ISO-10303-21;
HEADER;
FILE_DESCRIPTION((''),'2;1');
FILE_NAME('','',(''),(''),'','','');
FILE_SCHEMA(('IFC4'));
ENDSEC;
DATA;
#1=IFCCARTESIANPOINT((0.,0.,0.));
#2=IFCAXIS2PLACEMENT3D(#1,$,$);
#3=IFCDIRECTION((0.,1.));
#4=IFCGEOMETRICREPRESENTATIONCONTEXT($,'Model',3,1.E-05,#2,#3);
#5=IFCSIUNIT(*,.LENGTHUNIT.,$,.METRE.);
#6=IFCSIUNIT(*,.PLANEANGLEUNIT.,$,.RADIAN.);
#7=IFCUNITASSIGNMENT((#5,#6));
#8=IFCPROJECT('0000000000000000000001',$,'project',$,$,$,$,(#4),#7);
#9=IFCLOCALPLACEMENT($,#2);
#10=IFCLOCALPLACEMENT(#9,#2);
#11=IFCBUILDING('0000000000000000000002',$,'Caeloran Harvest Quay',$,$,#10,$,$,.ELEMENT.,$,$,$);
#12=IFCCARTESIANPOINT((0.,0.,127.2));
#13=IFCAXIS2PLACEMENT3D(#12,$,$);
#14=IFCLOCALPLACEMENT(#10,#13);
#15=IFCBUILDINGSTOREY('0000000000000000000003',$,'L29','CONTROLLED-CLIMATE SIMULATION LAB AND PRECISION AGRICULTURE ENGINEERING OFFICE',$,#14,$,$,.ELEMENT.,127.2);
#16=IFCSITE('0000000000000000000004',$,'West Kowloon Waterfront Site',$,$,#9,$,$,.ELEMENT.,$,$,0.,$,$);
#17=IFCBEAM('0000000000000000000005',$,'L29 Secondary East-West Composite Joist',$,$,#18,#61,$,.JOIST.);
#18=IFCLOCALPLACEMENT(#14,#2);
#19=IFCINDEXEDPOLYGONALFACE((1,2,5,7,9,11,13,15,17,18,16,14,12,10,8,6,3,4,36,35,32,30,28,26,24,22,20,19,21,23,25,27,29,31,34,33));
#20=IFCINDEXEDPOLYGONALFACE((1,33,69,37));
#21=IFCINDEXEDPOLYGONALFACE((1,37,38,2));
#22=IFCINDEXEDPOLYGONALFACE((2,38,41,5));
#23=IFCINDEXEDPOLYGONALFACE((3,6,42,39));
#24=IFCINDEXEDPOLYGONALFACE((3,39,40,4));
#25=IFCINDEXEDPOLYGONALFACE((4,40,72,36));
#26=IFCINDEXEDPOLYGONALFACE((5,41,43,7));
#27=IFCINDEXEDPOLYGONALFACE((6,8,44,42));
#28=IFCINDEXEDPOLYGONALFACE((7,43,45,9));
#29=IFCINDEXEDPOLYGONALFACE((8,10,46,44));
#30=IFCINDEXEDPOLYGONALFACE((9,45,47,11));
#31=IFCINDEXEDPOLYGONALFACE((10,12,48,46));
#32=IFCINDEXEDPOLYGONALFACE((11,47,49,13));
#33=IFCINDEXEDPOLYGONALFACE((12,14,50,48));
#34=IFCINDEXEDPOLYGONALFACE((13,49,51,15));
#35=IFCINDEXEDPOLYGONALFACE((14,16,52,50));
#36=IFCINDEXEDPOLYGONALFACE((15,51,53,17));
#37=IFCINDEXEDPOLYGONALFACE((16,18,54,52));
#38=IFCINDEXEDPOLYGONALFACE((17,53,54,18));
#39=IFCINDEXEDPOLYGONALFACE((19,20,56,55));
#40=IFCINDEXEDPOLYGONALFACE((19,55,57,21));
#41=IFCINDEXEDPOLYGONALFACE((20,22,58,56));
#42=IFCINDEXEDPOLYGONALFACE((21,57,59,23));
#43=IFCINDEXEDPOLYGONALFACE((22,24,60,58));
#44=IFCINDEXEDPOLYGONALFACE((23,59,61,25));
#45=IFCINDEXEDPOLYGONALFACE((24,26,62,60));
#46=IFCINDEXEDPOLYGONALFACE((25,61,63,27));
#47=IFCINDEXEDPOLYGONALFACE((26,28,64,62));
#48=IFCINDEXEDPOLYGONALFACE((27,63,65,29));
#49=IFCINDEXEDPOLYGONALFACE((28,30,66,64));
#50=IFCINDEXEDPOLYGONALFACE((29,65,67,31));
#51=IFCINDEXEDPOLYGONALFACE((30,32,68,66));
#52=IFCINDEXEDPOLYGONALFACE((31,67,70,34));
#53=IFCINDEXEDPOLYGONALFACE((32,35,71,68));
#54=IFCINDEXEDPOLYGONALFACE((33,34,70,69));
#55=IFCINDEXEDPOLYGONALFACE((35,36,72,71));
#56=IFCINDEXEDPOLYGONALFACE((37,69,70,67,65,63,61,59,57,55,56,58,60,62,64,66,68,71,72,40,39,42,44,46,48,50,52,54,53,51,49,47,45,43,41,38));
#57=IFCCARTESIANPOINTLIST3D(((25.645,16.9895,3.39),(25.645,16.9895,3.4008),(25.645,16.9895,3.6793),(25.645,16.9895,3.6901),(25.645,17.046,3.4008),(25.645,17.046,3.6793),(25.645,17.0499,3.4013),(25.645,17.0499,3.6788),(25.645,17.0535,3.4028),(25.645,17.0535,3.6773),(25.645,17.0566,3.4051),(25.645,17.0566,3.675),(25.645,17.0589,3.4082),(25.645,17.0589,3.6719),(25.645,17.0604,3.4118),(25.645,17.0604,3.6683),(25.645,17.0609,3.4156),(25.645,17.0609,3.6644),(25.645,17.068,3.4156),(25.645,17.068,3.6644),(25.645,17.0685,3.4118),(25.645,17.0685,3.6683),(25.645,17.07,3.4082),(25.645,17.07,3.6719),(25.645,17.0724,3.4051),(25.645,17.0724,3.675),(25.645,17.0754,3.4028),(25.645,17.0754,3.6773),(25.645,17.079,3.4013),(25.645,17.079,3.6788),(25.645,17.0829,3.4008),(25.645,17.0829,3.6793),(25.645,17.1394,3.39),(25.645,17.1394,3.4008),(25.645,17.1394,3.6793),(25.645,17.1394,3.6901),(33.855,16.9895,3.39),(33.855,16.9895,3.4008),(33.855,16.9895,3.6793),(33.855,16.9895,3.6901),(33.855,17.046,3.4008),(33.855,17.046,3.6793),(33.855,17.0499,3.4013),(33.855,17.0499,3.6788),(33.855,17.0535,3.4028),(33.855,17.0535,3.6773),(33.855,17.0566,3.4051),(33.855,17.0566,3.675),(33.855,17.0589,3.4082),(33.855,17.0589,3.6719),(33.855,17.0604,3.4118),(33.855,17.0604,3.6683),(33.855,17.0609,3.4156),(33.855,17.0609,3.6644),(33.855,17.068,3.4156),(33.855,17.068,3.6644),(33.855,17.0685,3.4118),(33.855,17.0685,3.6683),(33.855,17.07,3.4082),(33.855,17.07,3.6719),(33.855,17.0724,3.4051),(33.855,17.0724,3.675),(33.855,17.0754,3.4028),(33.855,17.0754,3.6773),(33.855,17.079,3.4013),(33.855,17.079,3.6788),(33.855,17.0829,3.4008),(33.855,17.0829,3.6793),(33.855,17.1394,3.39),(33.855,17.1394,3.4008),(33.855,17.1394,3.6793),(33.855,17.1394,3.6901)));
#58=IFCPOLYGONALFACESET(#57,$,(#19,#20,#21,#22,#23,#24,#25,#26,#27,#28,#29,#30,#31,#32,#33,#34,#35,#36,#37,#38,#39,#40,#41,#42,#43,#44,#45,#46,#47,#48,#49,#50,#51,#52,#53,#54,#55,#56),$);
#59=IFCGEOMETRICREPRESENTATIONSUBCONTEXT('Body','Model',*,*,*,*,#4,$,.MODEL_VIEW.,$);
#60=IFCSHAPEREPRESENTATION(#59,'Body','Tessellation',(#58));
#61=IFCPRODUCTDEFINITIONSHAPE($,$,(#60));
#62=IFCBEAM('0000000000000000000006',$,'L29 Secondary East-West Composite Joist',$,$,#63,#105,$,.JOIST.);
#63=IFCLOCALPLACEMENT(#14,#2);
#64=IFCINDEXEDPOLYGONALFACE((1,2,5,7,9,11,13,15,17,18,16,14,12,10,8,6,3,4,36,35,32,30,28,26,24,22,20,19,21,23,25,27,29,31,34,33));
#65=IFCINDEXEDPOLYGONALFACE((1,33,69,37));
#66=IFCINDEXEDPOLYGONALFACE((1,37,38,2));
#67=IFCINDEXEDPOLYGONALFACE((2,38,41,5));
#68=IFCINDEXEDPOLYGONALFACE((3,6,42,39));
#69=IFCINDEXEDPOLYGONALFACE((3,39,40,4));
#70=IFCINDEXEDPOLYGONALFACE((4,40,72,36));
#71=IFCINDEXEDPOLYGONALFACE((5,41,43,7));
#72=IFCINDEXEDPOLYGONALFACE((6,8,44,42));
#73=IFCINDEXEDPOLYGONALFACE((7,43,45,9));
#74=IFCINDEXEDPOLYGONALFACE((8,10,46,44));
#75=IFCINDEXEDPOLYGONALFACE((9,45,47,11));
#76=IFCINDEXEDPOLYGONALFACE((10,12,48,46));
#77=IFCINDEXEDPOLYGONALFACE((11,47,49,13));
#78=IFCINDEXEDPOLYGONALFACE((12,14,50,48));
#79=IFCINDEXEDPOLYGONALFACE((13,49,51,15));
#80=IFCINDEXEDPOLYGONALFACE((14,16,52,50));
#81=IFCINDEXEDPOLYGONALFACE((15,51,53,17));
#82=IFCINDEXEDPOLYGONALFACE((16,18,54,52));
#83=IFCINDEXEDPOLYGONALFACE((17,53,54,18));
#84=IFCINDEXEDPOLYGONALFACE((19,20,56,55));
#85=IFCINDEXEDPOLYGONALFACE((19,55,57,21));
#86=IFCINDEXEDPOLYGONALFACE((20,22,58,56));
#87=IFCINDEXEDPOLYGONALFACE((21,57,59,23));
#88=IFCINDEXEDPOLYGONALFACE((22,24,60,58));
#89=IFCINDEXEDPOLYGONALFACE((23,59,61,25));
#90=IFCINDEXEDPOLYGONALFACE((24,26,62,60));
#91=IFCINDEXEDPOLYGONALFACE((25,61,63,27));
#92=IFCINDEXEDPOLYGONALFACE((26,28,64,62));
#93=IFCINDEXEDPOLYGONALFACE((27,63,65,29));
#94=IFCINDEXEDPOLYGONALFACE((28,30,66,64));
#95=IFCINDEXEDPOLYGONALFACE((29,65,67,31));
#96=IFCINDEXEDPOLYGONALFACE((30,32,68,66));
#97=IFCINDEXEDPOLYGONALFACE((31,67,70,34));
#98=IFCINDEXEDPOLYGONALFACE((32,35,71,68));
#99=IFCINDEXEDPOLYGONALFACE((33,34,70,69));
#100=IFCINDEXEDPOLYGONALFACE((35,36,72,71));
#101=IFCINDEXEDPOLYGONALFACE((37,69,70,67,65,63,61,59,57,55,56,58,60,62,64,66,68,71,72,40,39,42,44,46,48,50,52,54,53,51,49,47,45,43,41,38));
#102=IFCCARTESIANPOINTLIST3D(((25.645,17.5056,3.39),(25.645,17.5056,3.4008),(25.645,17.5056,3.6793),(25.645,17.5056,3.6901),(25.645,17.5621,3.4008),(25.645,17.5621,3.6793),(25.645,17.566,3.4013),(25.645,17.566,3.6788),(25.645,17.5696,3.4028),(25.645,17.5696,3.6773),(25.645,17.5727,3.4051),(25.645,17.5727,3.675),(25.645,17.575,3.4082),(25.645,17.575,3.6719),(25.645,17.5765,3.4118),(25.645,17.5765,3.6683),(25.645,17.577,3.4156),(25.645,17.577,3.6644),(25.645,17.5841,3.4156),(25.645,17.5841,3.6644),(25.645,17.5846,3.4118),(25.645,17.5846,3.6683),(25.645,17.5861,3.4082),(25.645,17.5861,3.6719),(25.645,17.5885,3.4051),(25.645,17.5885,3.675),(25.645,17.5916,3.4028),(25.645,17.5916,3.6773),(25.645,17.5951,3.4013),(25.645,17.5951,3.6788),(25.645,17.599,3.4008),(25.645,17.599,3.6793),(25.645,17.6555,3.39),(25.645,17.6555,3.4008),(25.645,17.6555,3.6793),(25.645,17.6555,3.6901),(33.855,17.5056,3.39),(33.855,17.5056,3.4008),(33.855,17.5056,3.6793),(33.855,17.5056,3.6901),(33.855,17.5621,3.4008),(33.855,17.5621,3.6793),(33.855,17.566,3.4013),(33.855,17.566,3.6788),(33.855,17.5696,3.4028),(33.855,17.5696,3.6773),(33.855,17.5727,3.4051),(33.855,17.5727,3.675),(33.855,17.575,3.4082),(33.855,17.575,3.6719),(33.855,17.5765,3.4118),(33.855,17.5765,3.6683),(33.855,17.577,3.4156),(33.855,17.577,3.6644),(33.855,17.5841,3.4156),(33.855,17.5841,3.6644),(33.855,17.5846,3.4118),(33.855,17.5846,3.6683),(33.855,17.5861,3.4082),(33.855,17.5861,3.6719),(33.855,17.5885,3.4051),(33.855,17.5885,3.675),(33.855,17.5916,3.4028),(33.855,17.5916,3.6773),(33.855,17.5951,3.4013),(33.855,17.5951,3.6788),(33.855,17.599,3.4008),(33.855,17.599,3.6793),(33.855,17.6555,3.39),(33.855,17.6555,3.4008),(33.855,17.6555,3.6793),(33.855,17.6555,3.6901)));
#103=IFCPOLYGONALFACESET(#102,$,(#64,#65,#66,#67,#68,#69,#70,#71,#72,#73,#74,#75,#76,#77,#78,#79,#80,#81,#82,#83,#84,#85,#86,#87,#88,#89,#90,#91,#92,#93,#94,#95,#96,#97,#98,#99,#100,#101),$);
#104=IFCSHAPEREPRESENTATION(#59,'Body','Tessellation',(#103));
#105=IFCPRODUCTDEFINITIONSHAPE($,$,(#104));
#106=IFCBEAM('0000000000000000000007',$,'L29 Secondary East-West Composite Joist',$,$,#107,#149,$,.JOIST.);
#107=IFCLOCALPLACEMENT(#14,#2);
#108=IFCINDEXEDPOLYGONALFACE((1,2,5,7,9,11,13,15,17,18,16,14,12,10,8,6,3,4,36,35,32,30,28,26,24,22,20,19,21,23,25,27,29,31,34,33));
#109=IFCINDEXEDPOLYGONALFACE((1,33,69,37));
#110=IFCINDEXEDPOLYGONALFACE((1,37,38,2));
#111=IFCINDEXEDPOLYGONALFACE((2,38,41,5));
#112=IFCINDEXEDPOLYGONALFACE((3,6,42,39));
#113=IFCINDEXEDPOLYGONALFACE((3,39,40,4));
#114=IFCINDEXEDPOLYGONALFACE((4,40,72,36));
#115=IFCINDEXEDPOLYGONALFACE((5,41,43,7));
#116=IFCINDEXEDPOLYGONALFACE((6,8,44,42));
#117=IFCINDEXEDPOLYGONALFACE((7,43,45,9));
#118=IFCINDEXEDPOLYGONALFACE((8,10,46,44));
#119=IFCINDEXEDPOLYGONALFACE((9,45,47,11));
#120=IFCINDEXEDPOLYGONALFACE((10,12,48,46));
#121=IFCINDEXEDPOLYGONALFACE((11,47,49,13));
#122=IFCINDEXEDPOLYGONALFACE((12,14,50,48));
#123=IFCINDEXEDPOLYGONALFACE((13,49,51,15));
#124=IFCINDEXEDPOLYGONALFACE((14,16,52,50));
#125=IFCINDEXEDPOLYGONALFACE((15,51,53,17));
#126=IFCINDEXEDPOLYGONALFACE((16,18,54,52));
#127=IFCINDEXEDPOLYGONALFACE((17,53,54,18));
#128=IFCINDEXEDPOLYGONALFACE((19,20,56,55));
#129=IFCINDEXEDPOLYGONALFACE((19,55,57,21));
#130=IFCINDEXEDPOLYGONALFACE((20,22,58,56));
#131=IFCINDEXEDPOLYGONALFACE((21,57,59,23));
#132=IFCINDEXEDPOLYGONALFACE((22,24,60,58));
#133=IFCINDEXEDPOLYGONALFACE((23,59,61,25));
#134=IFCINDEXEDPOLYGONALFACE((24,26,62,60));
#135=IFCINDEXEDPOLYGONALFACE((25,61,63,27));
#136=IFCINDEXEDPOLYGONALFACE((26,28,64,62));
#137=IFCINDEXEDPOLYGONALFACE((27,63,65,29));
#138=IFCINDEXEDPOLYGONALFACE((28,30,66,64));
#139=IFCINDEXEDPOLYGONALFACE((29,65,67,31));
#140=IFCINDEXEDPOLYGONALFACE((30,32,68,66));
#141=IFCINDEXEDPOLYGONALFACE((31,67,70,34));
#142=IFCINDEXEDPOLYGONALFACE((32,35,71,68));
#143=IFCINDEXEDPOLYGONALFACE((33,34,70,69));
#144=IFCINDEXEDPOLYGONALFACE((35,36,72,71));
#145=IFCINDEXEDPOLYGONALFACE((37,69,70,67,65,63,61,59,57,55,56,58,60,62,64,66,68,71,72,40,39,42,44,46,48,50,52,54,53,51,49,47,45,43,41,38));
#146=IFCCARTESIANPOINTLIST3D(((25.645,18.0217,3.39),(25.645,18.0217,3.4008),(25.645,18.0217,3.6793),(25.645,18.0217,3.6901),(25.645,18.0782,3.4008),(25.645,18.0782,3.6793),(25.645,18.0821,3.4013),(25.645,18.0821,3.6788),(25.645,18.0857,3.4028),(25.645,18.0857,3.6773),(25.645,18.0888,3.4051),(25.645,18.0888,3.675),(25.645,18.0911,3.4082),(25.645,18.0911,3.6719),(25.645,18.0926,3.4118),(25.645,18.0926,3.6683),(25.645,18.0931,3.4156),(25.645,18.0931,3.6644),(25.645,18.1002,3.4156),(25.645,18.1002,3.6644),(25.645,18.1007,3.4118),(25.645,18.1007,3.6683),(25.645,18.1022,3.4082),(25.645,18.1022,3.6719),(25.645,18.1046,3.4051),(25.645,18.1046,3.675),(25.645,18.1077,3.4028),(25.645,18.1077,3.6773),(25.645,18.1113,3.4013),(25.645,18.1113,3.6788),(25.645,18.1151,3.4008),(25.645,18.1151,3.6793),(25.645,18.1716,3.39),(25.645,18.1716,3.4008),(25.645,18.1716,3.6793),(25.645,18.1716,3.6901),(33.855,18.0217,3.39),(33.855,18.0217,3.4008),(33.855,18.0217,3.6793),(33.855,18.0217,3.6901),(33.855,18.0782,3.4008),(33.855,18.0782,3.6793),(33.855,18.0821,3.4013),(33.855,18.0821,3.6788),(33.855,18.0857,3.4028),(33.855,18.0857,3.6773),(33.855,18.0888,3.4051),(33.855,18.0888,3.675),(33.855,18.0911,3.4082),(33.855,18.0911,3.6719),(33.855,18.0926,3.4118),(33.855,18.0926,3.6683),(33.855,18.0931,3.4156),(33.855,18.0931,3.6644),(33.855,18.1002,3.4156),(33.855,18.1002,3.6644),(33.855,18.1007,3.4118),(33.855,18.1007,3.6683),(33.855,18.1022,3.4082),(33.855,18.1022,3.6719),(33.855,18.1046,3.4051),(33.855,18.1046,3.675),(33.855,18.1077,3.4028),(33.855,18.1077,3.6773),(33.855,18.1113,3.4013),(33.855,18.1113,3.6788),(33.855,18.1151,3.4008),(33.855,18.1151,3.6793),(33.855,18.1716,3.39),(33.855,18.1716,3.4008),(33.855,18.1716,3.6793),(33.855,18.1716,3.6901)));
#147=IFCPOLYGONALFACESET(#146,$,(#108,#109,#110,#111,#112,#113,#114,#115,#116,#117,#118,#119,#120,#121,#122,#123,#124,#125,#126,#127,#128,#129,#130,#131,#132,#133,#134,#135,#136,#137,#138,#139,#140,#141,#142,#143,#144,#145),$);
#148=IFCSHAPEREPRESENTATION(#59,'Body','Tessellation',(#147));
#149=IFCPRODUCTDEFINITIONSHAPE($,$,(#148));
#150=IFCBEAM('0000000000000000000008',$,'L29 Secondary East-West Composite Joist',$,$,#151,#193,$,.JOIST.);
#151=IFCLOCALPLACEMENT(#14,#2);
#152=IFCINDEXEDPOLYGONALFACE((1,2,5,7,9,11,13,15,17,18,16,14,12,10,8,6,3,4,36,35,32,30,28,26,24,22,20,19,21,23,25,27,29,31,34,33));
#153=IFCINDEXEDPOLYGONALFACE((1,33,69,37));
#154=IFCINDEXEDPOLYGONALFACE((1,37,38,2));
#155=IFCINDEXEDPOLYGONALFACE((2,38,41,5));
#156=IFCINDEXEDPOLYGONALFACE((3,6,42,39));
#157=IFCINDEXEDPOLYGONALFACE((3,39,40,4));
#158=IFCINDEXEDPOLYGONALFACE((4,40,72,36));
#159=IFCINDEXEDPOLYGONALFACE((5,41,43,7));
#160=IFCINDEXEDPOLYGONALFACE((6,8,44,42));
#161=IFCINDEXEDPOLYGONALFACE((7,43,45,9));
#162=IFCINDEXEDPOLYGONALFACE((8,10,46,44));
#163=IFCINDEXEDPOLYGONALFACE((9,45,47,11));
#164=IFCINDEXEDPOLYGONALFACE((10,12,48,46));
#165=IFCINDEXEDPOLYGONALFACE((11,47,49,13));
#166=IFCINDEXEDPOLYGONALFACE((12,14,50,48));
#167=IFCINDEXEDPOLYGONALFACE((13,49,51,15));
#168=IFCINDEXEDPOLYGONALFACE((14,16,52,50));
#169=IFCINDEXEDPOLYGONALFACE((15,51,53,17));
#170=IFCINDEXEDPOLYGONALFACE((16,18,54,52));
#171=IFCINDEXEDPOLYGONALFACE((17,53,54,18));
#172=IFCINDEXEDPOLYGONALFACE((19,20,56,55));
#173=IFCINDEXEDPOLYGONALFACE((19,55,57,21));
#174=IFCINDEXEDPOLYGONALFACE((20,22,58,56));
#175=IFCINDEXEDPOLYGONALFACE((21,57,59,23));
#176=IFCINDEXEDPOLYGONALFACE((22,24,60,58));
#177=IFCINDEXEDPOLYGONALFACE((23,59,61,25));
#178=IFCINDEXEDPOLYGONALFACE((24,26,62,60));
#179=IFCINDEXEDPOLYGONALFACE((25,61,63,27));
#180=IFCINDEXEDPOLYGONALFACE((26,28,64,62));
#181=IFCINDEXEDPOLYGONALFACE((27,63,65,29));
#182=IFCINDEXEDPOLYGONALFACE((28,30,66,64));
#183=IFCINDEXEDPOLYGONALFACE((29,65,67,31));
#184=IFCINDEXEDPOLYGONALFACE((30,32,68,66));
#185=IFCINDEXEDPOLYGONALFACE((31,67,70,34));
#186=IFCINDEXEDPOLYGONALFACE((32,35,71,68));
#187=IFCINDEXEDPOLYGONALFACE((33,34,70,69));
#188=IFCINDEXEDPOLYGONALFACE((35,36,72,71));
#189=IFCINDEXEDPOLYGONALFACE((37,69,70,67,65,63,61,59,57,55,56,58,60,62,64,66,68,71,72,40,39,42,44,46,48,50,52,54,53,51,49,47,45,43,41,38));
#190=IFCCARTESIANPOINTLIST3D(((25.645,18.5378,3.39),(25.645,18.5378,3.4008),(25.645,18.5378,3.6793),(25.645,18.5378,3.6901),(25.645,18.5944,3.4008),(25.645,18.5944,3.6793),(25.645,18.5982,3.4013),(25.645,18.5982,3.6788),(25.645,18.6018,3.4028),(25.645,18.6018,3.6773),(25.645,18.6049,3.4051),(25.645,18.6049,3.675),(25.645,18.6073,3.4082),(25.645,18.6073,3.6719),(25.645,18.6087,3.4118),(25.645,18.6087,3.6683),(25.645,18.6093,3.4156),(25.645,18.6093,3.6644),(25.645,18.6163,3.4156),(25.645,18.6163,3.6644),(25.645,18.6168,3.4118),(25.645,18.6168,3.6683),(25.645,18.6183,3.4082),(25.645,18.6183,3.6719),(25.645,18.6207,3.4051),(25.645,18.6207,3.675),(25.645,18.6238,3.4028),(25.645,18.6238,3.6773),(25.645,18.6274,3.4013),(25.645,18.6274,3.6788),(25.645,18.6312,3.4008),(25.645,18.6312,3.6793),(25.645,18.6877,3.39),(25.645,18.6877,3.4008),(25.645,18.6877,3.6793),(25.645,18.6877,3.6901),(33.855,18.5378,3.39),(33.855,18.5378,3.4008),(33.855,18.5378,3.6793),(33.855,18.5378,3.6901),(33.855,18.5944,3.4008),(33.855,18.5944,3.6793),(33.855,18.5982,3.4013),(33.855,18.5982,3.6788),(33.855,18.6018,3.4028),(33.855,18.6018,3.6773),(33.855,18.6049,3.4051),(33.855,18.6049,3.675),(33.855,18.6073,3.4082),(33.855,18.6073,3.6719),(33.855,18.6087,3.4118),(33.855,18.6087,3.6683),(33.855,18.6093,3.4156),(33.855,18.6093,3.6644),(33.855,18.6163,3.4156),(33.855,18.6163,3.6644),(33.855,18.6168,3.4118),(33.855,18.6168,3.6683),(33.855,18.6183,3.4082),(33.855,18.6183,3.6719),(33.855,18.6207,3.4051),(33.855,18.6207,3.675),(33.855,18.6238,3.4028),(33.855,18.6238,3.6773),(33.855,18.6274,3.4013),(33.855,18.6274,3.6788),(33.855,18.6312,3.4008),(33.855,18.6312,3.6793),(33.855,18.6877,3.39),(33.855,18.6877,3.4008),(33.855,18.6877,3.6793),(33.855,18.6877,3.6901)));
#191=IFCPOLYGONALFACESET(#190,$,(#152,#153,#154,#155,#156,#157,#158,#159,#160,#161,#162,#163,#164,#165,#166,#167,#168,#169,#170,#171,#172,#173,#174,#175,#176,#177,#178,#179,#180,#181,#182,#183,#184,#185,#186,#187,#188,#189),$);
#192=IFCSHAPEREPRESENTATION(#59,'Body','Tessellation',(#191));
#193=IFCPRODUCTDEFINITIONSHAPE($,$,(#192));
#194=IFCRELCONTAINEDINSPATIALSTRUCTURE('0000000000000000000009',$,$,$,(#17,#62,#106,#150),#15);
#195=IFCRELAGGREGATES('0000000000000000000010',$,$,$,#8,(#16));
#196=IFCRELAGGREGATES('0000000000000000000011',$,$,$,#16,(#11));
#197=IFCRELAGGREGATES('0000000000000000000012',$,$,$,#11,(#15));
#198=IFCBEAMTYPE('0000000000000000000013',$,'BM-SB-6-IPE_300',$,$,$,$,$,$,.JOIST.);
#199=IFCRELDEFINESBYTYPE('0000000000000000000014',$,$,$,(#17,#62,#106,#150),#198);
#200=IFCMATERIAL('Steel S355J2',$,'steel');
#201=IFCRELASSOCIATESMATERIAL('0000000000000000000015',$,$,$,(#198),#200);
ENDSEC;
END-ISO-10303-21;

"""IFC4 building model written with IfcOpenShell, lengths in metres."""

from ifc_helpers import new_model, si_unit, direction, frame, origin, origin_2d, place, context, subcontext, project, spatial, i_section, extrude, material, material_profile, profile_set, type_object, element, save


model = new_model("IFC4")

# Units and contexts
model_context = context("Model", 3, precision=1e-05, world=origin(), true_north=direction((0.0, 1.0)))
body_context = subcontext(model_context, "Body", "Model", "MODEL_VIEW")
ifc_project = project(units=[si_unit("LENGTHUNIT", "METRE"), si_unit("PLANEANGLEUNIT", "RADIAN")], contexts=[model_context])

# Site, building, storey
site_placement = place(None, origin())
site = spatial("IfcSite", under=ifc_project, at=site_placement, Name="West Kowloon Waterfront Site", CompositionType="ELEMENT", RefElevation=0.0)
building_placement = place(site_placement, origin())
building = spatial("IfcBuilding", under=site, at=building_placement, Name="Caeloran Harvest Quay", CompositionType="ELEMENT")
storey_placement = place(building_placement, frame((0.0, 0.0, 127.2)))
storey = spatial("IfcBuildingStorey", under=building, at=storey_placement, Name="L29", Description="CONTROLLED-CLIMATE SIMULATION LAB AND PRECISION AGRICULTURE ENGINEERING OFFICE", CompositionType="ELEMENT", Elevation=127.2)

# Beams
ifc_material_1 = material(Name="Steel S355J2", Category="steel")
ifc_material_profile_1 = material_profile(ifc_material_1, i_section(OverallWidth=0.1499, OverallDepth=0.3, WebThickness=0.0071, FlangeThickness=0.0107, FilletRadius=0.0149, at=origin_2d()), Name="IPE 300")
ifc_profile_set_1 = profile_set([ifc_material_profile_1], Name="Steel S355J2")
beam_type_1 = type_object("IfcBeamType", Name="BM-SB-6-IPE_300", PredefinedType="JOIST", material=ifc_profile_set_1)
for number, where, z_axis, x_axis, name in (
    (1, (25.645, 17.0645, 3.54), (1.0, 0.0, 0.0), (0.0, 1.0, 0.0), "L29 Secondary East-West Composite Joist"),
    (2, (25.645, 17.5806, 3.54), (1.0, 0.0, 0.0), (0.0, 1.0, 0.0), "L29 Secondary East-West Composite Joist"),
    (3, (25.645, 18.0967, 3.54), (1.0, 0.0, 0.0), (0.0, 1.0, 0.0), "L29 Secondary East-West Composite Joist"),
    (4, (25.645, 18.6128, 3.54), (1.0, 0.0, 0.0), (0.0, 1.0, 0.0), "L29 Secondary East-West Composite Joist"),
):
    element("IfcBeam", number, at=place(storey_placement, frame(where, z_axis=z_axis, x_axis=x_axis)), inside=storey, type_object=beam_type_1, Name=name, PredefinedType="JOIST", context=body_context, shape_type="SweptSolid", body=[
        extrude(i_section(OverallWidth=0.1499, OverallDepth=0.3, WebThickness=0.0071, FlangeThickness=0.0107, FilletRadius=0.0149, at=origin_2d()), origin(), (0.0, 0.0, 1.0), 8.21),
    ])

save(model, "model.ifc")
